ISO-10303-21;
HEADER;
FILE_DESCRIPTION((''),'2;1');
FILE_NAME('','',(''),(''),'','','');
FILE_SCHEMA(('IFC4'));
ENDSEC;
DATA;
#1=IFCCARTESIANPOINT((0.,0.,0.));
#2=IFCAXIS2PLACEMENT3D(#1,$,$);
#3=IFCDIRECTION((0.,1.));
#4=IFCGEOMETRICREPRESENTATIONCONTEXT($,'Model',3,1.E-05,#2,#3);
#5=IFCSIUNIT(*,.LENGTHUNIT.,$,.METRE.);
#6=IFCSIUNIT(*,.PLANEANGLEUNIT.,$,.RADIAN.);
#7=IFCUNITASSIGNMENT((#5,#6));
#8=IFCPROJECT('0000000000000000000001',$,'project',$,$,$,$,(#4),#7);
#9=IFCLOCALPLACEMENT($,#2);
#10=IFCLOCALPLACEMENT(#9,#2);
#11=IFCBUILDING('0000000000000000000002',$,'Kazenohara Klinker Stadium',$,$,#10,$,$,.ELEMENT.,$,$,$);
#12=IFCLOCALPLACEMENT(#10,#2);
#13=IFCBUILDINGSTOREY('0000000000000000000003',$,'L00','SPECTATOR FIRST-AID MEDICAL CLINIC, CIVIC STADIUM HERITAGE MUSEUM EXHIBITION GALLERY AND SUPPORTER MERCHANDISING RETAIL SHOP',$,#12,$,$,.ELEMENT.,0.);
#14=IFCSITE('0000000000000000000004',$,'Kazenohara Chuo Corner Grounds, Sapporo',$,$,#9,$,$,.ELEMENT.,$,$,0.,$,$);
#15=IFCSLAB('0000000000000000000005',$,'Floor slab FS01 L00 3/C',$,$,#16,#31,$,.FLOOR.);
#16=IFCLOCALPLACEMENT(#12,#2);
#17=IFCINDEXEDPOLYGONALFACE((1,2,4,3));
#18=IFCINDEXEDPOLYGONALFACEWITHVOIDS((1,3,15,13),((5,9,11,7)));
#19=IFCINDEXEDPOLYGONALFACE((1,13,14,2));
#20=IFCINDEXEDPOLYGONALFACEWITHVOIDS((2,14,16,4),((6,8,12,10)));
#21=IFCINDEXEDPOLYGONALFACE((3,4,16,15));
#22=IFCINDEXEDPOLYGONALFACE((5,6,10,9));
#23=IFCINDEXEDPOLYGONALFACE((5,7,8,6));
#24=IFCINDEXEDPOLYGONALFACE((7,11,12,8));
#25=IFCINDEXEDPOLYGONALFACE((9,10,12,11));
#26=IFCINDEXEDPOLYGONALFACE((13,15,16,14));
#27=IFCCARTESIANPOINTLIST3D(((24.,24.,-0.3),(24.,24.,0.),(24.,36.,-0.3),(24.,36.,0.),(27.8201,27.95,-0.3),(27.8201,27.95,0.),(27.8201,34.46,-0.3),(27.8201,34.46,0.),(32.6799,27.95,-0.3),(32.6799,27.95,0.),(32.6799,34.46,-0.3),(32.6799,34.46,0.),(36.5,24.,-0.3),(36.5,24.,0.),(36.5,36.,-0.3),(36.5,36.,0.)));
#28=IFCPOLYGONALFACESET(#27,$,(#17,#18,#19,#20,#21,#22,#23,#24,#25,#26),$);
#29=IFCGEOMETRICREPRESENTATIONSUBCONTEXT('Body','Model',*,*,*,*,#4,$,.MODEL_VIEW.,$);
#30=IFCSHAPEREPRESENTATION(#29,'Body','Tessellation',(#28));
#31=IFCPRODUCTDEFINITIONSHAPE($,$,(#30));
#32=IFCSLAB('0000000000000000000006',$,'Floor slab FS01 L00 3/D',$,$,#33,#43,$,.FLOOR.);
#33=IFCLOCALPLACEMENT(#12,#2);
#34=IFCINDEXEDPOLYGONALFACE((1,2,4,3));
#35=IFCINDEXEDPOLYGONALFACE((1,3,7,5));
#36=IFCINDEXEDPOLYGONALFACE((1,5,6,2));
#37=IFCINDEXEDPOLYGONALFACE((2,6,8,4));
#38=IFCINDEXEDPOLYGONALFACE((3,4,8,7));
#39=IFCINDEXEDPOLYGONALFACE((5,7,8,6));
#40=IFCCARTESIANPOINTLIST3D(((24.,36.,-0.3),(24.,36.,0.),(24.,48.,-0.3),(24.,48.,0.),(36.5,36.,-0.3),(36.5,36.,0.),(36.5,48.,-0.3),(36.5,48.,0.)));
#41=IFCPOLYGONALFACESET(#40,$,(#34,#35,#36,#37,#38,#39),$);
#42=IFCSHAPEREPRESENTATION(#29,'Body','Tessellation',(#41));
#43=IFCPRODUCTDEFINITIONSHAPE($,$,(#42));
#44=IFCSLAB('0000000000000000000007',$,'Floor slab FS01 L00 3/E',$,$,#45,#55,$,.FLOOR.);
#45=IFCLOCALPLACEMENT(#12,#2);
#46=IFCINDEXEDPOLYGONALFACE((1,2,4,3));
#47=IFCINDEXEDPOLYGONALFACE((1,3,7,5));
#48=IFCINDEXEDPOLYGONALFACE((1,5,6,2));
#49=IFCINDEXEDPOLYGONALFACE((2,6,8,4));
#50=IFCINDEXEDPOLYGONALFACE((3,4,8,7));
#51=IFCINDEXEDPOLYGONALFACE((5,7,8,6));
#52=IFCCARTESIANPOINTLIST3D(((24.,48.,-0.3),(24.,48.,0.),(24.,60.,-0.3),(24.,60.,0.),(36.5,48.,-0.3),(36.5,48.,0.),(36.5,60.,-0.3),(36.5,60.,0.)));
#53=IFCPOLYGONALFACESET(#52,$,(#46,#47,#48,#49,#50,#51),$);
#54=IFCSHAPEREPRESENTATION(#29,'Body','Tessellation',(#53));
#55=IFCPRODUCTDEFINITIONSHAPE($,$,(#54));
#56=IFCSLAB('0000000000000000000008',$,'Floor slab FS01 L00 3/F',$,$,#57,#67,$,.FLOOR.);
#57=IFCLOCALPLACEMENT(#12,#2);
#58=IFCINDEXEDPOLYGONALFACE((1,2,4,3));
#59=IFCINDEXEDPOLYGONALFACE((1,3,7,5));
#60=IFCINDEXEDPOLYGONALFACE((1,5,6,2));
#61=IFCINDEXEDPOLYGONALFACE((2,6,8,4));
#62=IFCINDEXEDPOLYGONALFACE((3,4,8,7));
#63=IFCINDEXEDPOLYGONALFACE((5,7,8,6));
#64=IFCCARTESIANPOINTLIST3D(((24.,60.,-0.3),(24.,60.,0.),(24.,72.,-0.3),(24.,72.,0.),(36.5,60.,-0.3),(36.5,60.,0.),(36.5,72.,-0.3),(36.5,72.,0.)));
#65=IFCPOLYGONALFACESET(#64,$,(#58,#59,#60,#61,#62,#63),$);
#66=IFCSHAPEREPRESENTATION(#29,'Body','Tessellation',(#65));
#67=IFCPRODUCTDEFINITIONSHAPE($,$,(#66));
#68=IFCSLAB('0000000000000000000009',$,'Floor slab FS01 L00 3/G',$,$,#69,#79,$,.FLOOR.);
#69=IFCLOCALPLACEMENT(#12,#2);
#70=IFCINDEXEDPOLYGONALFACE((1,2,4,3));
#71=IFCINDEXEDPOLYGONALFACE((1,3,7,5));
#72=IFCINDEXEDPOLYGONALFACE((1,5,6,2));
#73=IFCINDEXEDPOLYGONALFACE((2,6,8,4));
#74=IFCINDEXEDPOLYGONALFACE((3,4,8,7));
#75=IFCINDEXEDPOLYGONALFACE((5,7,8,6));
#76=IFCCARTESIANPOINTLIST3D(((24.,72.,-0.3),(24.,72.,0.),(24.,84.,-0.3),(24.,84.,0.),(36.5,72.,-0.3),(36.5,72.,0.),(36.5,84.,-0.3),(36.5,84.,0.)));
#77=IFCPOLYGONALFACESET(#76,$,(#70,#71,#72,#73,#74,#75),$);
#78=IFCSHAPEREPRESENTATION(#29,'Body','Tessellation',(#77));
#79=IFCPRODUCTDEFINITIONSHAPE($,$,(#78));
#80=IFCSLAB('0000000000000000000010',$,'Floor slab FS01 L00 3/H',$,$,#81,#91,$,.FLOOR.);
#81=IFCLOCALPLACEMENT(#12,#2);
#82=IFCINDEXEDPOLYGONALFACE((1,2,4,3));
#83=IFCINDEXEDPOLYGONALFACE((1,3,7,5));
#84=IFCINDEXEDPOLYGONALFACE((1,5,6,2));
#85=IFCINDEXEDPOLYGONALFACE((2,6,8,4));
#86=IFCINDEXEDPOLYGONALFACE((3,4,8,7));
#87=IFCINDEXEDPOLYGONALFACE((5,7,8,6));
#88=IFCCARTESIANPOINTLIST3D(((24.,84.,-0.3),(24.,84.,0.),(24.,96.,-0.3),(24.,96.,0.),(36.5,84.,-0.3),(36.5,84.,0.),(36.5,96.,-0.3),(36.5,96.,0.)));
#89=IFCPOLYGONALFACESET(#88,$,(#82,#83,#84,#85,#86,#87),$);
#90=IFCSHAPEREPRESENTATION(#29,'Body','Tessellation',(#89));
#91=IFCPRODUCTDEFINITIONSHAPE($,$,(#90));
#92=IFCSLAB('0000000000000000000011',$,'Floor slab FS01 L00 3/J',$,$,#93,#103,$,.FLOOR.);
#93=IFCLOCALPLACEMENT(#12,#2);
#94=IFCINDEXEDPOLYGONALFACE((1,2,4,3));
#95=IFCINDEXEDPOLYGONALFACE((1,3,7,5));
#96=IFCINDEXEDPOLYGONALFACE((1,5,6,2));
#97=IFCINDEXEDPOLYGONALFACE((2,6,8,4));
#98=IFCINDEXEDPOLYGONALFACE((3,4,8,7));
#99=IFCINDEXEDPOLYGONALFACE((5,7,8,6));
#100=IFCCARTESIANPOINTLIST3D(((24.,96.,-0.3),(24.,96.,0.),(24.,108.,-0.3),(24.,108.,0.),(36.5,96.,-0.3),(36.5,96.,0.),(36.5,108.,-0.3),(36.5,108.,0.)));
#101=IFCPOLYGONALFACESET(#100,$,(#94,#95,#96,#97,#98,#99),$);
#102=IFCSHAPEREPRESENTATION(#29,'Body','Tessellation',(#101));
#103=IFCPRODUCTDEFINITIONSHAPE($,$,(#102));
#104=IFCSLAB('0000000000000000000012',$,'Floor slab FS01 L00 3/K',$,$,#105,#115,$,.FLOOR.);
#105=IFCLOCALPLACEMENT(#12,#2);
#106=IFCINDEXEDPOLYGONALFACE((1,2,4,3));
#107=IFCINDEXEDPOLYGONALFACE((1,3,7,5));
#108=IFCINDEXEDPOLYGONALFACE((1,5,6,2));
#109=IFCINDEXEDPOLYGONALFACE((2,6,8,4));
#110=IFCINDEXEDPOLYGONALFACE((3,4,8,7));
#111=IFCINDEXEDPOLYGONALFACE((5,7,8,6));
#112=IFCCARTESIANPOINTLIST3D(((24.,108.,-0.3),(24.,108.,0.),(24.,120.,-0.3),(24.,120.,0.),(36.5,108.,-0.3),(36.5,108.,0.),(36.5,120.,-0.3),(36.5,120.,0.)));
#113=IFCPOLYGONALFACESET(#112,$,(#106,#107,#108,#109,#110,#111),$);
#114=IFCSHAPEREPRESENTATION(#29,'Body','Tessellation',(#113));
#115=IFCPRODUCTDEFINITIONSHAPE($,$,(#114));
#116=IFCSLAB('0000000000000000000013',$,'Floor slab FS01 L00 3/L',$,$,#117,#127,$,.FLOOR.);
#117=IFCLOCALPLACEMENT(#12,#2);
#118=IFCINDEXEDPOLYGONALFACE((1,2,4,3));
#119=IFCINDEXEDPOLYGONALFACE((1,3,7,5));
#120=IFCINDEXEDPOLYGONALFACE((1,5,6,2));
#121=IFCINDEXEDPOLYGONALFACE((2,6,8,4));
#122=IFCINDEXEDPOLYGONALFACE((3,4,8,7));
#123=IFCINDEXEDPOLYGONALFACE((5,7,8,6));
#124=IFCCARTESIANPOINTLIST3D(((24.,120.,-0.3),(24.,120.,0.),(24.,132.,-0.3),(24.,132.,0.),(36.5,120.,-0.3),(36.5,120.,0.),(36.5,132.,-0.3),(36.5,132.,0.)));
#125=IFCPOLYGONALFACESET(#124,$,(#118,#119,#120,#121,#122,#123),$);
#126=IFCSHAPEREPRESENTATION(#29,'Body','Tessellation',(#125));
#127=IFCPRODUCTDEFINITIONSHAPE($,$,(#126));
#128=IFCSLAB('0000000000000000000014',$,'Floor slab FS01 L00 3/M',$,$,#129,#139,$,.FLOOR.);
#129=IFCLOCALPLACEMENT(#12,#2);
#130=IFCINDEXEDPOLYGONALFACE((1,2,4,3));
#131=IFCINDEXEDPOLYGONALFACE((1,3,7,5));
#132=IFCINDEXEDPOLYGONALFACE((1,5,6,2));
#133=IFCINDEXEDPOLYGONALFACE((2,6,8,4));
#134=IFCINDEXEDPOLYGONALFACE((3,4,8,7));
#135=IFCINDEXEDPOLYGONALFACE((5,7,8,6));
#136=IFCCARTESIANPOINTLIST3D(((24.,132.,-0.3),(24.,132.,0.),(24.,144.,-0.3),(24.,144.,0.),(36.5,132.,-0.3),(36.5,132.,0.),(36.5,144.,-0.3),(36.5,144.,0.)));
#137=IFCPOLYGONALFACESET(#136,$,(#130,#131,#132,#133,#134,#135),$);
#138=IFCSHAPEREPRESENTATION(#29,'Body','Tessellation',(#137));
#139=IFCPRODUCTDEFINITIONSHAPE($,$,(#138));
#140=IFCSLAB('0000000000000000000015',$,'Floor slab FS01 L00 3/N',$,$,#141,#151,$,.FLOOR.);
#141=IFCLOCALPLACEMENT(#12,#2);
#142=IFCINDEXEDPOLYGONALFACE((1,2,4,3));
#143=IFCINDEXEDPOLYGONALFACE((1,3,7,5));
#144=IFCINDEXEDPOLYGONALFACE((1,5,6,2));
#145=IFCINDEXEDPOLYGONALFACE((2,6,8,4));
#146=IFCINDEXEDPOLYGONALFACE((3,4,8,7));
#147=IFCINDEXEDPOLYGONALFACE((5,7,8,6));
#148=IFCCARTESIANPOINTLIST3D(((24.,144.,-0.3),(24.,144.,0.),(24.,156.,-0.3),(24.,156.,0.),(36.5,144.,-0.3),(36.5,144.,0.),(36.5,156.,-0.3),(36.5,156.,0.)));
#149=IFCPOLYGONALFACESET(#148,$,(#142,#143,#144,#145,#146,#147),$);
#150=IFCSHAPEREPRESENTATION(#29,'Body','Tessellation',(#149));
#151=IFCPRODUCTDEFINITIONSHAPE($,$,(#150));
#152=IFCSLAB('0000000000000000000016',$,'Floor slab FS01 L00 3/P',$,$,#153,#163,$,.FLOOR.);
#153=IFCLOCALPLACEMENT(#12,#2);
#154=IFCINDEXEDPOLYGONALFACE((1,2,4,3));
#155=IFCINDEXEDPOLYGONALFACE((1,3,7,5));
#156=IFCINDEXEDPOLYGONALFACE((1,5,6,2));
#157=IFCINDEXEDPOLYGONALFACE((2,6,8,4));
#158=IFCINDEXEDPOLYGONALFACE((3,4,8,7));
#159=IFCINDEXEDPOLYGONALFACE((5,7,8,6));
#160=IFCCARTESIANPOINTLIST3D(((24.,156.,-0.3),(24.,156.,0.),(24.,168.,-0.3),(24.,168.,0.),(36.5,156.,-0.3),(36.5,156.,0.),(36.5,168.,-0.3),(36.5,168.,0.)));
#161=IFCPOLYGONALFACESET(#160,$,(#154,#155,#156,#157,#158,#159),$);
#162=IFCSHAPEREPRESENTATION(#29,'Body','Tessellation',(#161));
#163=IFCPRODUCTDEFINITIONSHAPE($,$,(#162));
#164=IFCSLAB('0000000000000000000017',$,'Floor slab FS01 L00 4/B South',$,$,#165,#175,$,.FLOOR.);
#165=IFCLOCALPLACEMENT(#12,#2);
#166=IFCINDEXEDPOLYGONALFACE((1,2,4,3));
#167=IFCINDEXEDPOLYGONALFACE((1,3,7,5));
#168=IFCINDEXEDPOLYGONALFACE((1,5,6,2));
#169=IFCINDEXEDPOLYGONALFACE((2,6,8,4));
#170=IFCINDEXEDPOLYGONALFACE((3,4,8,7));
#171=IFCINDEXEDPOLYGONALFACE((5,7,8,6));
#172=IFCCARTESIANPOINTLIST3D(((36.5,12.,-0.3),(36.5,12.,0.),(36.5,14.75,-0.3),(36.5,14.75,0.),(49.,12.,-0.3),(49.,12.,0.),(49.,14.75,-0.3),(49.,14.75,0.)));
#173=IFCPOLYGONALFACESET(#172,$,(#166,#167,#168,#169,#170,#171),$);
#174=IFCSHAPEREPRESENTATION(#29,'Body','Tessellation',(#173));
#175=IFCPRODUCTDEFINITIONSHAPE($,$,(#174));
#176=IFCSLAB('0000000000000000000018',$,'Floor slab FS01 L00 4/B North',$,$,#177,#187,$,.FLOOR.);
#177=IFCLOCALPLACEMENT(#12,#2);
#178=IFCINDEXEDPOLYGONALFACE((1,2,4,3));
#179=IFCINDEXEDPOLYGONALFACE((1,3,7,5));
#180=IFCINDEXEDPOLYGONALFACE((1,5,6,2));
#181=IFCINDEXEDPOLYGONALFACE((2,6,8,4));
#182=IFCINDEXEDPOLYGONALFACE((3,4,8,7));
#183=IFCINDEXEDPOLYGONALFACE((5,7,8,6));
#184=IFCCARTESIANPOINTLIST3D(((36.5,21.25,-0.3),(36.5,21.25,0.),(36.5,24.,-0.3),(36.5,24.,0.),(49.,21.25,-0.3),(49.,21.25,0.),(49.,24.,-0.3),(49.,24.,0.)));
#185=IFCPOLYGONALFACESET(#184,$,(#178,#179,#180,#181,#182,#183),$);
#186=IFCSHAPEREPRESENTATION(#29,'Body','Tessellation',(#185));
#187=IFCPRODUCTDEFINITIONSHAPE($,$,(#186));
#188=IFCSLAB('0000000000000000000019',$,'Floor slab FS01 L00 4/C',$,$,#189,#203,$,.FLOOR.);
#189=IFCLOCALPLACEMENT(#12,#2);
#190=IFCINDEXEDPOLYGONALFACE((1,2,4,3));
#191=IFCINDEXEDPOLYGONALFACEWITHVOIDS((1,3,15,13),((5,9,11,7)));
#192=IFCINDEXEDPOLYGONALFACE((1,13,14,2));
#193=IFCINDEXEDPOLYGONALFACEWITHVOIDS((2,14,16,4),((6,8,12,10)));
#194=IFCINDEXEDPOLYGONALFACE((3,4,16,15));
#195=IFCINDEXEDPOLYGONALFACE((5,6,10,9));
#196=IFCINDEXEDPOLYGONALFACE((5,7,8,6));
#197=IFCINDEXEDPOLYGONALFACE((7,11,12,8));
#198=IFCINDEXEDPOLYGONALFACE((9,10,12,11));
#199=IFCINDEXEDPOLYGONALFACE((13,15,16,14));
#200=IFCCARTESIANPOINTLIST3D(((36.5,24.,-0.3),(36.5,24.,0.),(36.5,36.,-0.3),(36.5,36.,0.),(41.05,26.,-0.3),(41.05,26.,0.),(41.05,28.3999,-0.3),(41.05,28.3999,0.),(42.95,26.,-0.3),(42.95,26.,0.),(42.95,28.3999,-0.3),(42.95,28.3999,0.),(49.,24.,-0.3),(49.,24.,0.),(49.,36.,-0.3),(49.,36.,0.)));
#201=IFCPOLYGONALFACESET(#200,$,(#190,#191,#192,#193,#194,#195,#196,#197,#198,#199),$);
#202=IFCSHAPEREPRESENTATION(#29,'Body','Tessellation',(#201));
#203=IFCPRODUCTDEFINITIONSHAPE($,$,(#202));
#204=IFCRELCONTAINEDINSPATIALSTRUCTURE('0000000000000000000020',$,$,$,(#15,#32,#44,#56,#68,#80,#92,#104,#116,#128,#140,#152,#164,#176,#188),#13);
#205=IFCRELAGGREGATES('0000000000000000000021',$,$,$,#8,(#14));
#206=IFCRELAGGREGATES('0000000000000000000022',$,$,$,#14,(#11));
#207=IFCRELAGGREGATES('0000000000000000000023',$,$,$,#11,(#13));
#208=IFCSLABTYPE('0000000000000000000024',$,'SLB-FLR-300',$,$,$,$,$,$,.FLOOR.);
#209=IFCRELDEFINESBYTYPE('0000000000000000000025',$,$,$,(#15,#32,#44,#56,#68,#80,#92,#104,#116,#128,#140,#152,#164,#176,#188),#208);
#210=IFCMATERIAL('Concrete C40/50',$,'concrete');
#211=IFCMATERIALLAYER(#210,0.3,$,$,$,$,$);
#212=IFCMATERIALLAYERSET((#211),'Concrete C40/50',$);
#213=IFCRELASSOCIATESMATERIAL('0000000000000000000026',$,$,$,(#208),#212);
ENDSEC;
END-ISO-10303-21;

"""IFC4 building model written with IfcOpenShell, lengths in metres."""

from ifc_helpers import new_model, si_unit, direction, frame, origin, place, context, subcontext, project, spatial, polyline, outline, extrude, material, layer, layer_set, type_object, element, save


model = new_model("IFC4")

# Units and contexts
model_context = context("Model", 3, precision=1e-05, world=origin(), true_north=direction((0.0, 1.0)))
body_context = subcontext(model_context, "Body", "Model", "MODEL_VIEW")
ifc_project = project(units=[si_unit("LENGTHUNIT", "METRE"), si_unit("PLANEANGLEUNIT", "RADIAN")], contexts=[model_context])

# Site, building, storey
site_placement = place(None, origin())
site = spatial("IfcSite", under=ifc_project, at=site_placement, Name="Kazenohara Chuo Corner Grounds, Sapporo", CompositionType="ELEMENT", RefElevation=0.0)
building_placement = place(site_placement, origin())
building = spatial("IfcBuilding", under=site, at=building_placement, Name="Kazenohara Klinker Stadium", CompositionType="ELEMENT")
storey_placement = place(building_placement, origin())
storey = spatial("IfcBuildingStorey", under=building, at=storey_placement, Name="L00", Description="SPECTATOR FIRST-AID MEDICAL CLINIC, CIVIC STADIUM HERITAGE MUSEUM EXHIBITION GALLERY AND SUPPORTER MERCHANDISING RETAIL SHOP", CompositionType="ELEMENT", Elevation=0.0)

# Slabs
ifc_material = material(Name="Concrete C40/50", Category="concrete")
ifc_layer = layer(ifc_material, 0.3)
ifc_layer_set = layer_set([ifc_layer], Name="Concrete C40/50")
slab_type = type_object("IfcSlabType", Name="SLB-FLR-300", PredefinedType="FLOOR", material=ifc_layer_set)
slab_1_placement = place(storey_placement, frame((0.0, 0.0, -0.3)))
element("IfcSlab", 1, at=slab_1_placement, inside=storey, type_object=slab_type, Name="Floor slab FS01 L00 3/C", PredefinedType="FLOOR", context=body_context, shape_type="SweptSolid", body=[
    extrude(outline(polyline([(24.0, 24.0), (36.5, 24.0), (36.5, 36.0), (24.0, 36.0), (24.0, 24.0)]), holes=[polyline([(32.6799, 27.95), (32.6799, 34.46), (27.8201, 34.46), (27.8201, 27.95), (32.6799, 27.95)])]), origin(), (0.0, 0.0, 1.0), 0.3),
])
slab_2_placement = place(storey_placement, frame((0.0, 0.0, -0.3)))
element("IfcSlab", 2, at=slab_2_placement, inside=storey, type_object=slab_type, Name="Floor slab FS01 L00 3/D", PredefinedType="FLOOR", context=body_context, shape_type="SweptSolid", body=[
    extrude(outline(polyline([(24.0, 36.0), (36.5, 36.0), (36.5, 48.0), (24.0, 48.0), (24.0, 36.0)])), origin(), (0.0, 0.0, 1.0), 0.3),
])
slab_3_placement = place(storey_placement, frame((0.0, 0.0, -0.3)))
element("IfcSlab", 3, at=slab_3_placement, inside=storey, type_object=slab_type, Name="Floor slab FS01 L00 3/E", PredefinedType="FLOOR", context=body_context, shape_type="SweptSolid", body=[
    extrude(outline(polyline([(24.0, 48.0), (36.5, 48.0), (36.5, 60.0), (24.0, 60.0), (24.0, 48.0)])), origin(), (0.0, 0.0, 1.0), 0.3),
])
slab_4_placement = place(storey_placement, frame((0.0, 0.0, -0.3)))
element("IfcSlab", 4, at=slab_4_placement, inside=storey, type_object=slab_type, Name="Floor slab FS01 L00 3/F", PredefinedType="FLOOR", context=body_context, shape_type="SweptSolid", body=[
    extrude(outline(polyline([(24.0, 60.0), (36.5, 60.0), (36.5, 72.0), (24.0, 72.0), (24.0, 60.0)])), origin(), (0.0, 0.0, 1.0), 0.3),
])
slab_5_placement = place(storey_placement, frame((0.0, 0.0, -0.3)))
element("IfcSlab", 5, at=slab_5_placement, inside=storey, type_object=slab_type, Name="Floor slab FS01 L00 3/G", PredefinedType="FLOOR", context=body_context, shape_type="SweptSolid", body=[
    extrude(outline(polyline([(24.0, 72.0), (36.5, 72.0), (36.5, 84.0), (24.0, 84.0), (24.0, 72.0)])), origin(), (0.0, 0.0, 1.0), 0.3),
])
slab_6_placement = place(storey_placement, frame((0.0, 0.0, -0.3)))
element("IfcSlab", 6, at=slab_6_placement, inside=storey, type_object=slab_type, Name="Floor slab FS01 L00 3/H", PredefinedType="FLOOR", context=body_context, shape_type="SweptSolid", body=[
    extrude(outline(polyline([(24.0, 84.0), (36.5, 84.0), (36.5, 96.0), (24.0, 96.0), (24.0, 84.0)])), origin(), (0.0, 0.0, 1.0), 0.3),
])
slab_7_placement = place(storey_placement, frame((0.0, 0.0, -0.3)))
element("IfcSlab", 7, at=slab_7_placement, inside=storey, type_object=slab_type, Name="Floor slab FS01 L00 3/J", PredefinedType="FLOOR", context=body_context, shape_type="SweptSolid", body=[
    extrude(outline(polyline([(24.0, 96.0), (36.5, 96.0), (36.5, 108.0), (24.0, 108.0), (24.0, 96.0)])), origin(), (0.0, 0.0, 1.0), 0.3),
])
slab_8_placement = place(storey_placement, frame((0.0, 0.0, -0.3)))
element("IfcSlab", 8, at=slab_8_placement, inside=storey, type_object=slab_type, Name="Floor slab FS01 L00 3/K", PredefinedType="FLOOR", context=body_context, shape_type="SweptSolid", body=[
    extrude(outline(polyline([(24.0, 108.0), (36.5, 108.0), (36.5, 120.0), (24.0, 120.0), (24.0, 108.0)])), origin(), (0.0, 0.0, 1.0), 0.3),
])
slab_9_placement = place(storey_placement, frame((0.0, 0.0, -0.3)))
element("IfcSlab", 9, at=slab_9_placement, inside=storey, type_object=slab_type, Name="Floor slab FS01 L00 3/L", PredefinedType="FLOOR", context=body_context, shape_type="SweptSolid", body=[
    extrude(outline(polyline([(24.0, 120.0), (36.5, 120.0), (36.5, 132.0), (24.0, 132.0), (24.0, 120.0)])), origin(), (0.0, 0.0, 1.0), 0.3),
])
slab_10_placement = place(storey_placement, frame((0.0, 0.0, -0.3)))
element("IfcSlab", 10, at=slab_10_placement, inside=storey, type_object=slab_type, Name="Floor slab FS01 L00 3/M", PredefinedType="FLOOR", context=body_context, shape_type="SweptSolid", body=[
    extrude(outline(polyline([(24.0, 132.0), (36.5, 132.0), (36.5, 144.0), (24.0, 144.0), (24.0, 132.0)])), origin(), (0.0, 0.0, 1.0), 0.3),
])
slab_11_placement = place(storey_placement, frame((0.0, 0.0, -0.3)))
element("IfcSlab", 11, at=slab_11_placement, inside=storey, type_object=slab_type, Name="Floor slab FS01 L00 3/N", PredefinedType="FLOOR", context=body_context, shape_type="SweptSolid", body=[
    extrude(outline(polyline([(24.0, 144.0), (36.5, 144.0), (36.5, 156.0), (24.0, 156.0), (24.0, 144.0)])), origin(), (0.0, 0.0, 1.0), 0.3),
])
slab_12_placement = place(storey_placement, frame((0.0, 0.0, -0.3)))
element("IfcSlab", 12, at=slab_12_placement, inside=storey, type_object=slab_type, Name="Floor slab FS01 L00 3/P", PredefinedType="FLOOR", context=body_context, shape_type="SweptSolid", body=[
    extrude(outline(polyline([(24.0, 156.0), (36.5, 156.0), (36.5, 168.0), (24.0, 168.0), (24.0, 156.0)])), origin(), (0.0, 0.0, 1.0), 0.3),
])
slab_13_placement = place(storey_placement, frame((0.0, 0.0, -0.3)))
element("IfcSlab", 13, at=slab_13_placement, inside=storey, type_object=slab_type, Name="Floor slab FS01 L00 4/B South", PredefinedType="FLOOR", context=body_context, shape_type="SweptSolid", body=[
    extrude(outline(polyline([(36.5, 12.0), (49.0, 12.0), (49.0, 14.75), (36.5, 14.75), (36.5, 12.0)])), origin(), (0.0, 0.0, 1.0), 0.3),
])
slab_14_placement = place(storey_placement, frame((0.0, 0.0, -0.3)))
element("IfcSlab", 14, at=slab_14_placement, inside=storey, type_object=slab_type, Name="Floor slab FS01 L00 4/B North", PredefinedType="FLOOR", context=body_context, shape_type="SweptSolid", body=[
    extrude(outline(polyline([(36.5, 21.25), (49.0, 21.25), (49.0, 24.0), (36.5, 24.0), (36.5, 21.25)])), origin(), (0.0, 0.0, 1.0), 0.3),
])
slab_15_placement = place(storey_placement, frame((0.0, 0.0, -0.3)))
element("IfcSlab", 15, at=slab_15_placement, inside=storey, type_object=slab_type, Name="Floor slab FS01 L00 4/C", PredefinedType="FLOOR", context=body_context, shape_type="SweptSolid", body=[
    extrude(outline(polyline([(36.5, 24.0), (49.0, 24.0), (49.0, 36.0), (36.5, 36.0), (36.5, 24.0)]), holes=[polyline([(41.05, 26.0), (42.95, 26.0), (42.95, 28.3999), (41.05, 28.3999), (41.05, 26.0)])]), origin(), (0.0, 0.0, 1.0), 0.3),
])

save(model, "model.ifc")
